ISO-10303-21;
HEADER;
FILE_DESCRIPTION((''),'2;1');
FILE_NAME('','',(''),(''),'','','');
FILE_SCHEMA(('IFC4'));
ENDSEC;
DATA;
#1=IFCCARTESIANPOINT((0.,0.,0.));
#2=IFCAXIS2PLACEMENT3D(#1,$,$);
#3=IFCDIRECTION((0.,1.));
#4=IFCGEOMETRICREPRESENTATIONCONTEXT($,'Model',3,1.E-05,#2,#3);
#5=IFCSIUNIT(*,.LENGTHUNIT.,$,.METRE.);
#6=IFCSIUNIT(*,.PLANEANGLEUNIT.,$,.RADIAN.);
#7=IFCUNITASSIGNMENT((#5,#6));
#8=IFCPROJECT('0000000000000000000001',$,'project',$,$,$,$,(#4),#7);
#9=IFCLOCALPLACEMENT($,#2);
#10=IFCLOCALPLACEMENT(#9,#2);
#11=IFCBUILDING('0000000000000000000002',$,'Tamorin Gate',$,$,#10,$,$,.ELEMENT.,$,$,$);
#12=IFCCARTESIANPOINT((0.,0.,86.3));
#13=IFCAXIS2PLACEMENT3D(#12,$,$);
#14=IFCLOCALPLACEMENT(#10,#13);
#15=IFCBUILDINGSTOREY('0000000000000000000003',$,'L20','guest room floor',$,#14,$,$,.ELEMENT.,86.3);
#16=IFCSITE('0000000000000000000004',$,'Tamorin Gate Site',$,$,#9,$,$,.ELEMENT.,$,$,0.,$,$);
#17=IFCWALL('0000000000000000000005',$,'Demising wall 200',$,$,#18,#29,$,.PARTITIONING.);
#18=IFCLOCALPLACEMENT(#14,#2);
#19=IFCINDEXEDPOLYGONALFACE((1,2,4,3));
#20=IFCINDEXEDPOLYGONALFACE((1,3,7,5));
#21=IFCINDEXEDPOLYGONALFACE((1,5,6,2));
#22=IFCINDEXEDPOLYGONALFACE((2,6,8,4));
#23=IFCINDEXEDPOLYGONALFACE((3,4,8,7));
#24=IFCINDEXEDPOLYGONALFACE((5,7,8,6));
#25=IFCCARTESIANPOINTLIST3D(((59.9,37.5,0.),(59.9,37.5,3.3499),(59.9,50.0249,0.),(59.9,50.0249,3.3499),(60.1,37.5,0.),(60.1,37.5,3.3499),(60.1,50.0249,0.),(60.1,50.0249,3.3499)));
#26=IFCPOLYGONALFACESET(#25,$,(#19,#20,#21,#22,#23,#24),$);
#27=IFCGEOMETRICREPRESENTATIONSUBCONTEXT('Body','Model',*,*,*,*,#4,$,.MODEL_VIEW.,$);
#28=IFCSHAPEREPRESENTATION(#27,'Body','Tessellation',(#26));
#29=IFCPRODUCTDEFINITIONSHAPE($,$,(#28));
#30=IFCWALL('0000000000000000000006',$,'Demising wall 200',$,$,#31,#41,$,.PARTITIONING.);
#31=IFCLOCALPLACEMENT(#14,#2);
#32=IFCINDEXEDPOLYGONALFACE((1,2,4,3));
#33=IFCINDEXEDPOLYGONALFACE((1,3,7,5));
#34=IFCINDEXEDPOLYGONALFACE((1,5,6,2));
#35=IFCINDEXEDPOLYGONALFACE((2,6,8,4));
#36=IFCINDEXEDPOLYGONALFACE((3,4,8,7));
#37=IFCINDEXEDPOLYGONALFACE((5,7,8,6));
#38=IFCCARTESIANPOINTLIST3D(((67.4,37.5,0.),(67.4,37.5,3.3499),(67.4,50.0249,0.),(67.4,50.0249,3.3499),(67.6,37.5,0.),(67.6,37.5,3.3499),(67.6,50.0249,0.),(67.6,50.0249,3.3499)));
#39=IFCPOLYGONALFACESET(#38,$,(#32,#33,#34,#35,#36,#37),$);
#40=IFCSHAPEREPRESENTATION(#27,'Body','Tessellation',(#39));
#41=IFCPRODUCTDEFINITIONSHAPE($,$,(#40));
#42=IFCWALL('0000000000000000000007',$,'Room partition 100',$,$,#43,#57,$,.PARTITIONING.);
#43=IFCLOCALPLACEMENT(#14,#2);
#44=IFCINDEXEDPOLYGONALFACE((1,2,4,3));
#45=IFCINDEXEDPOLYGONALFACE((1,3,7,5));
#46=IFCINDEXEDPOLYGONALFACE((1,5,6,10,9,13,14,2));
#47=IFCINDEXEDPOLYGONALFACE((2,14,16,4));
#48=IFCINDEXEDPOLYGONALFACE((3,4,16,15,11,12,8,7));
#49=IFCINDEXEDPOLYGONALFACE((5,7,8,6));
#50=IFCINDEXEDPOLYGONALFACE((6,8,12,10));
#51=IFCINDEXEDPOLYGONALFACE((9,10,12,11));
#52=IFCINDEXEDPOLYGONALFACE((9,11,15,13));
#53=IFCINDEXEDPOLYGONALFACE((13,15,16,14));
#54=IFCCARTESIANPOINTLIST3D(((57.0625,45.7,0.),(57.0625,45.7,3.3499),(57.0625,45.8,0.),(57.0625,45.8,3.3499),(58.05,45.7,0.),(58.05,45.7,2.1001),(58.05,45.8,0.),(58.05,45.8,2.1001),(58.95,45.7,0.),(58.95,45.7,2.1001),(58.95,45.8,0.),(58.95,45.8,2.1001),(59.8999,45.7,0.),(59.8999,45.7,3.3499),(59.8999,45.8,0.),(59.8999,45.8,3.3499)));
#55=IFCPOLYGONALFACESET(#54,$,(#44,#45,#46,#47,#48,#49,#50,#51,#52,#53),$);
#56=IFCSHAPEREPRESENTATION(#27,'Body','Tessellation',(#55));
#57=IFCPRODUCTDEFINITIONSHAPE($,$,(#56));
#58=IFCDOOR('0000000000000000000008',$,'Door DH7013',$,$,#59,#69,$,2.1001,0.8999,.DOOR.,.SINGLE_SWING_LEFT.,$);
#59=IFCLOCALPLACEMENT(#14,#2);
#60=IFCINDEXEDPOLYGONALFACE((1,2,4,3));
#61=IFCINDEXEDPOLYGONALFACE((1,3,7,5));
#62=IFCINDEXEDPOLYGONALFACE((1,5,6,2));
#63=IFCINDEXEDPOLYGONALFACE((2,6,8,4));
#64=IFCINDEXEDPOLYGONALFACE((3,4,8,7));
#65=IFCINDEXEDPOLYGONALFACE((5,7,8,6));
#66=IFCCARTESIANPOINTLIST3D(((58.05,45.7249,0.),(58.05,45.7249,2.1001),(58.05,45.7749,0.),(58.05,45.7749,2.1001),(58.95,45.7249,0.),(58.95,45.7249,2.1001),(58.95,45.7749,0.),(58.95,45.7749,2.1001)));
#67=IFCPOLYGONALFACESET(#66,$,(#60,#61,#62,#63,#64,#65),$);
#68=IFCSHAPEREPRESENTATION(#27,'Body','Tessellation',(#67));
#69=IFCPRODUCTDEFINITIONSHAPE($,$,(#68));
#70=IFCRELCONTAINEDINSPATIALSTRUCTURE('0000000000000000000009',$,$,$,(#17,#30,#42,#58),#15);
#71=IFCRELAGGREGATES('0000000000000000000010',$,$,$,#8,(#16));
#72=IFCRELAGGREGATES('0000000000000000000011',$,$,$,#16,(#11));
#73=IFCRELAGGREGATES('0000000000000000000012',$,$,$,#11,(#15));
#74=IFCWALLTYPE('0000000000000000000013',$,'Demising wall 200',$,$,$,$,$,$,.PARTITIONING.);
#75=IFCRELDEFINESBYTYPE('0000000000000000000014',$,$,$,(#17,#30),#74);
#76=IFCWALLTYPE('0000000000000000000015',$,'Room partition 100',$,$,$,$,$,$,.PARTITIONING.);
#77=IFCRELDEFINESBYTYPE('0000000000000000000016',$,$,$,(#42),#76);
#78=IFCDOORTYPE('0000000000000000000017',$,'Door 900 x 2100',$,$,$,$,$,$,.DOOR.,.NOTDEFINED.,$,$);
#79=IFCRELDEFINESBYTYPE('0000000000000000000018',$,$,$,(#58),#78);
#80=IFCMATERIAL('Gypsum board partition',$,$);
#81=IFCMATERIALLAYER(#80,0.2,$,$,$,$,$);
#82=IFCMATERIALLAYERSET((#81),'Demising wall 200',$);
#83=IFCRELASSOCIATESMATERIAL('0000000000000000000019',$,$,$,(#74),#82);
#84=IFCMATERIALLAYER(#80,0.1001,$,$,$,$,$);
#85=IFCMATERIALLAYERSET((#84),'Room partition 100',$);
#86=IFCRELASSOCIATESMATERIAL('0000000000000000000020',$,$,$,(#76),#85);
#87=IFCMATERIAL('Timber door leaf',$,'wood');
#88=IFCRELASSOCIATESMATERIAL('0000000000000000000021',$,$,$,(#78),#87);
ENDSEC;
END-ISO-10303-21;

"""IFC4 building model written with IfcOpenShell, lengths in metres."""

from ifc_helpers import new_model, si_unit, direction, frame, frame_2d, origin, place, context, subcontext, project, spatial, rectangle, extrude, material, layer, layer_set, type_object, element, fill, save


model = new_model("IFC4")

# Units and contexts
model_context = context("Model", 3, precision=1e-05, world=origin(), true_north=direction((0.0, 1.0)))
body_context = subcontext(model_context, "Body", "Model", "MODEL_VIEW")
ifc_project = project(units=[si_unit("LENGTHUNIT", "METRE"), si_unit("PLANEANGLEUNIT", "RADIAN")], contexts=[model_context])

# Site, building, storey
site_placement = place(None, origin())
site = spatial("IfcSite", under=ifc_project, at=site_placement, Name="Tamorin Gate Site", CompositionType="ELEMENT", RefElevation=0.0)
building_placement = place(site_placement, origin())
building = spatial("IfcBuilding", under=site, at=building_placement, Name="Tamorin Gate", CompositionType="ELEMENT")
storey_placement = place(building_placement, frame((0.0, 0.0, 86.3)))
storey = spatial("IfcBuildingStorey", under=building, at=storey_placement, Name="L20", Description="guest room floor", CompositionType="ELEMENT", Elevation=86.3)

# Walls
ifc_material_1 = material(Name="Gypsum board partition")
ifc_layer_1 = layer(ifc_material_1, 0.2)
ifc_layer_set_1 = layer_set([ifc_layer_1], Name="Demising wall 200")
wall_type_1 = type_object("IfcWallType", Name="Demising wall 200", PredefinedType="PARTITIONING", material=ifc_layer_set_1)
for number, where, z_axis, x_axis, name in (
    (1, (60.0, 37.5, 0.0), (0.0, 0.0, 1.0), (0.0, 1.0, 0.0), "Demising wall 200"),
    (2, (67.5, 37.5, 0.0), (0.0, 0.0, 1.0), (0.0, 1.0, 0.0), "Demising wall 200"),
):
    element("IfcWall", number, at=place(storey_placement, frame(where, z_axis=z_axis, x_axis=x_axis)), inside=storey, type_object=wall_type_1, Name=name, PredefinedType="PARTITIONING", context=body_context, shape_type="SweptSolid", body=[
        extrude(rectangle(XDim=12.5249, YDim=0.2, at=frame_2d((6.2625, 0.0))), origin(), (0.0, 0.0, 1.0), 3.3499),
    ])

# Wall, opening, door
ifc_layer_2 = layer(ifc_material_1, 0.1001)
ifc_layer_set_2 = layer_set([ifc_layer_2], Name="Room partition 100")
wall_type_2 = type_object("IfcWallType", Name="Room partition 100", PredefinedType="PARTITIONING", material=ifc_layer_set_2)
wall_1_placement = place(storey_placement, frame((57.0625, 45.75, 0.0), z_axis=(0.0, 0.0, 1.0), x_axis=(1.0, 0.0, 0.0)))
wall_1 = element("IfcWall", 3, at=wall_1_placement, inside=storey, type_object=wall_type_2, Name="Room partition 100", PredefinedType="PARTITIONING", context=body_context, shape_type="SweptSolid", body=[
    extrude(rectangle(XDim=2.8374, YDim=0.1001, at=frame_2d((1.4187, 0.0))), origin(), (0.0, 0.0, 1.0), 3.3499),
])
opening_1_placement = place(wall_1_placement, frame((0.9875, 0.0, 0.0)))
opening_1 = element("IfcOpeningElement", 4, at=opening_1_placement, cuts=wall_1, PredefinedType="OPENING", context=body_context, shape_type="SweptSolid", body=[
    extrude(rectangle(XDim=0.8999, YDim=2.1001, at=frame_2d((0.45, 1.05))), frame((0.0, 0.0601, 0.0), z_axis=(0.0, -1.0, 0.0), x_axis=(1.0, 0.0, 0.0)), (0.0, 0.0, 1.0), 0.1201),
])
ifc_material_2 = material(Name="Timber door leaf", Category="wood")
door_type = type_object("IfcDoorType", Name="Door 900 x 2100", OperationType="NOTDEFINED", PredefinedType="DOOR", material=ifc_material_2)
door_placement = place(opening_1_placement, origin())
door = element("IfcDoor", 5, at=door_placement, inside=storey, type_object=door_type, Name="Door DH7013", OperationType="SINGLE_SWING_LEFT", OverallHeight=2.1001, OverallWidth=0.8999, PredefinedType="DOOR", context=body_context, shape_type="SweptSolid", body=[
    extrude(rectangle(XDim=0.8999, YDim=2.1001, at=frame_2d((0.45, 1.05))), frame((0.0, 0.0249, 0.0), z_axis=(0.0, -1.0, 0.0), x_axis=(1.0, 0.0, 0.0)), (0.0, 0.0, 1.0), 0.05),
])
fill(opening_1, door)

save(model, "model.ifc")
